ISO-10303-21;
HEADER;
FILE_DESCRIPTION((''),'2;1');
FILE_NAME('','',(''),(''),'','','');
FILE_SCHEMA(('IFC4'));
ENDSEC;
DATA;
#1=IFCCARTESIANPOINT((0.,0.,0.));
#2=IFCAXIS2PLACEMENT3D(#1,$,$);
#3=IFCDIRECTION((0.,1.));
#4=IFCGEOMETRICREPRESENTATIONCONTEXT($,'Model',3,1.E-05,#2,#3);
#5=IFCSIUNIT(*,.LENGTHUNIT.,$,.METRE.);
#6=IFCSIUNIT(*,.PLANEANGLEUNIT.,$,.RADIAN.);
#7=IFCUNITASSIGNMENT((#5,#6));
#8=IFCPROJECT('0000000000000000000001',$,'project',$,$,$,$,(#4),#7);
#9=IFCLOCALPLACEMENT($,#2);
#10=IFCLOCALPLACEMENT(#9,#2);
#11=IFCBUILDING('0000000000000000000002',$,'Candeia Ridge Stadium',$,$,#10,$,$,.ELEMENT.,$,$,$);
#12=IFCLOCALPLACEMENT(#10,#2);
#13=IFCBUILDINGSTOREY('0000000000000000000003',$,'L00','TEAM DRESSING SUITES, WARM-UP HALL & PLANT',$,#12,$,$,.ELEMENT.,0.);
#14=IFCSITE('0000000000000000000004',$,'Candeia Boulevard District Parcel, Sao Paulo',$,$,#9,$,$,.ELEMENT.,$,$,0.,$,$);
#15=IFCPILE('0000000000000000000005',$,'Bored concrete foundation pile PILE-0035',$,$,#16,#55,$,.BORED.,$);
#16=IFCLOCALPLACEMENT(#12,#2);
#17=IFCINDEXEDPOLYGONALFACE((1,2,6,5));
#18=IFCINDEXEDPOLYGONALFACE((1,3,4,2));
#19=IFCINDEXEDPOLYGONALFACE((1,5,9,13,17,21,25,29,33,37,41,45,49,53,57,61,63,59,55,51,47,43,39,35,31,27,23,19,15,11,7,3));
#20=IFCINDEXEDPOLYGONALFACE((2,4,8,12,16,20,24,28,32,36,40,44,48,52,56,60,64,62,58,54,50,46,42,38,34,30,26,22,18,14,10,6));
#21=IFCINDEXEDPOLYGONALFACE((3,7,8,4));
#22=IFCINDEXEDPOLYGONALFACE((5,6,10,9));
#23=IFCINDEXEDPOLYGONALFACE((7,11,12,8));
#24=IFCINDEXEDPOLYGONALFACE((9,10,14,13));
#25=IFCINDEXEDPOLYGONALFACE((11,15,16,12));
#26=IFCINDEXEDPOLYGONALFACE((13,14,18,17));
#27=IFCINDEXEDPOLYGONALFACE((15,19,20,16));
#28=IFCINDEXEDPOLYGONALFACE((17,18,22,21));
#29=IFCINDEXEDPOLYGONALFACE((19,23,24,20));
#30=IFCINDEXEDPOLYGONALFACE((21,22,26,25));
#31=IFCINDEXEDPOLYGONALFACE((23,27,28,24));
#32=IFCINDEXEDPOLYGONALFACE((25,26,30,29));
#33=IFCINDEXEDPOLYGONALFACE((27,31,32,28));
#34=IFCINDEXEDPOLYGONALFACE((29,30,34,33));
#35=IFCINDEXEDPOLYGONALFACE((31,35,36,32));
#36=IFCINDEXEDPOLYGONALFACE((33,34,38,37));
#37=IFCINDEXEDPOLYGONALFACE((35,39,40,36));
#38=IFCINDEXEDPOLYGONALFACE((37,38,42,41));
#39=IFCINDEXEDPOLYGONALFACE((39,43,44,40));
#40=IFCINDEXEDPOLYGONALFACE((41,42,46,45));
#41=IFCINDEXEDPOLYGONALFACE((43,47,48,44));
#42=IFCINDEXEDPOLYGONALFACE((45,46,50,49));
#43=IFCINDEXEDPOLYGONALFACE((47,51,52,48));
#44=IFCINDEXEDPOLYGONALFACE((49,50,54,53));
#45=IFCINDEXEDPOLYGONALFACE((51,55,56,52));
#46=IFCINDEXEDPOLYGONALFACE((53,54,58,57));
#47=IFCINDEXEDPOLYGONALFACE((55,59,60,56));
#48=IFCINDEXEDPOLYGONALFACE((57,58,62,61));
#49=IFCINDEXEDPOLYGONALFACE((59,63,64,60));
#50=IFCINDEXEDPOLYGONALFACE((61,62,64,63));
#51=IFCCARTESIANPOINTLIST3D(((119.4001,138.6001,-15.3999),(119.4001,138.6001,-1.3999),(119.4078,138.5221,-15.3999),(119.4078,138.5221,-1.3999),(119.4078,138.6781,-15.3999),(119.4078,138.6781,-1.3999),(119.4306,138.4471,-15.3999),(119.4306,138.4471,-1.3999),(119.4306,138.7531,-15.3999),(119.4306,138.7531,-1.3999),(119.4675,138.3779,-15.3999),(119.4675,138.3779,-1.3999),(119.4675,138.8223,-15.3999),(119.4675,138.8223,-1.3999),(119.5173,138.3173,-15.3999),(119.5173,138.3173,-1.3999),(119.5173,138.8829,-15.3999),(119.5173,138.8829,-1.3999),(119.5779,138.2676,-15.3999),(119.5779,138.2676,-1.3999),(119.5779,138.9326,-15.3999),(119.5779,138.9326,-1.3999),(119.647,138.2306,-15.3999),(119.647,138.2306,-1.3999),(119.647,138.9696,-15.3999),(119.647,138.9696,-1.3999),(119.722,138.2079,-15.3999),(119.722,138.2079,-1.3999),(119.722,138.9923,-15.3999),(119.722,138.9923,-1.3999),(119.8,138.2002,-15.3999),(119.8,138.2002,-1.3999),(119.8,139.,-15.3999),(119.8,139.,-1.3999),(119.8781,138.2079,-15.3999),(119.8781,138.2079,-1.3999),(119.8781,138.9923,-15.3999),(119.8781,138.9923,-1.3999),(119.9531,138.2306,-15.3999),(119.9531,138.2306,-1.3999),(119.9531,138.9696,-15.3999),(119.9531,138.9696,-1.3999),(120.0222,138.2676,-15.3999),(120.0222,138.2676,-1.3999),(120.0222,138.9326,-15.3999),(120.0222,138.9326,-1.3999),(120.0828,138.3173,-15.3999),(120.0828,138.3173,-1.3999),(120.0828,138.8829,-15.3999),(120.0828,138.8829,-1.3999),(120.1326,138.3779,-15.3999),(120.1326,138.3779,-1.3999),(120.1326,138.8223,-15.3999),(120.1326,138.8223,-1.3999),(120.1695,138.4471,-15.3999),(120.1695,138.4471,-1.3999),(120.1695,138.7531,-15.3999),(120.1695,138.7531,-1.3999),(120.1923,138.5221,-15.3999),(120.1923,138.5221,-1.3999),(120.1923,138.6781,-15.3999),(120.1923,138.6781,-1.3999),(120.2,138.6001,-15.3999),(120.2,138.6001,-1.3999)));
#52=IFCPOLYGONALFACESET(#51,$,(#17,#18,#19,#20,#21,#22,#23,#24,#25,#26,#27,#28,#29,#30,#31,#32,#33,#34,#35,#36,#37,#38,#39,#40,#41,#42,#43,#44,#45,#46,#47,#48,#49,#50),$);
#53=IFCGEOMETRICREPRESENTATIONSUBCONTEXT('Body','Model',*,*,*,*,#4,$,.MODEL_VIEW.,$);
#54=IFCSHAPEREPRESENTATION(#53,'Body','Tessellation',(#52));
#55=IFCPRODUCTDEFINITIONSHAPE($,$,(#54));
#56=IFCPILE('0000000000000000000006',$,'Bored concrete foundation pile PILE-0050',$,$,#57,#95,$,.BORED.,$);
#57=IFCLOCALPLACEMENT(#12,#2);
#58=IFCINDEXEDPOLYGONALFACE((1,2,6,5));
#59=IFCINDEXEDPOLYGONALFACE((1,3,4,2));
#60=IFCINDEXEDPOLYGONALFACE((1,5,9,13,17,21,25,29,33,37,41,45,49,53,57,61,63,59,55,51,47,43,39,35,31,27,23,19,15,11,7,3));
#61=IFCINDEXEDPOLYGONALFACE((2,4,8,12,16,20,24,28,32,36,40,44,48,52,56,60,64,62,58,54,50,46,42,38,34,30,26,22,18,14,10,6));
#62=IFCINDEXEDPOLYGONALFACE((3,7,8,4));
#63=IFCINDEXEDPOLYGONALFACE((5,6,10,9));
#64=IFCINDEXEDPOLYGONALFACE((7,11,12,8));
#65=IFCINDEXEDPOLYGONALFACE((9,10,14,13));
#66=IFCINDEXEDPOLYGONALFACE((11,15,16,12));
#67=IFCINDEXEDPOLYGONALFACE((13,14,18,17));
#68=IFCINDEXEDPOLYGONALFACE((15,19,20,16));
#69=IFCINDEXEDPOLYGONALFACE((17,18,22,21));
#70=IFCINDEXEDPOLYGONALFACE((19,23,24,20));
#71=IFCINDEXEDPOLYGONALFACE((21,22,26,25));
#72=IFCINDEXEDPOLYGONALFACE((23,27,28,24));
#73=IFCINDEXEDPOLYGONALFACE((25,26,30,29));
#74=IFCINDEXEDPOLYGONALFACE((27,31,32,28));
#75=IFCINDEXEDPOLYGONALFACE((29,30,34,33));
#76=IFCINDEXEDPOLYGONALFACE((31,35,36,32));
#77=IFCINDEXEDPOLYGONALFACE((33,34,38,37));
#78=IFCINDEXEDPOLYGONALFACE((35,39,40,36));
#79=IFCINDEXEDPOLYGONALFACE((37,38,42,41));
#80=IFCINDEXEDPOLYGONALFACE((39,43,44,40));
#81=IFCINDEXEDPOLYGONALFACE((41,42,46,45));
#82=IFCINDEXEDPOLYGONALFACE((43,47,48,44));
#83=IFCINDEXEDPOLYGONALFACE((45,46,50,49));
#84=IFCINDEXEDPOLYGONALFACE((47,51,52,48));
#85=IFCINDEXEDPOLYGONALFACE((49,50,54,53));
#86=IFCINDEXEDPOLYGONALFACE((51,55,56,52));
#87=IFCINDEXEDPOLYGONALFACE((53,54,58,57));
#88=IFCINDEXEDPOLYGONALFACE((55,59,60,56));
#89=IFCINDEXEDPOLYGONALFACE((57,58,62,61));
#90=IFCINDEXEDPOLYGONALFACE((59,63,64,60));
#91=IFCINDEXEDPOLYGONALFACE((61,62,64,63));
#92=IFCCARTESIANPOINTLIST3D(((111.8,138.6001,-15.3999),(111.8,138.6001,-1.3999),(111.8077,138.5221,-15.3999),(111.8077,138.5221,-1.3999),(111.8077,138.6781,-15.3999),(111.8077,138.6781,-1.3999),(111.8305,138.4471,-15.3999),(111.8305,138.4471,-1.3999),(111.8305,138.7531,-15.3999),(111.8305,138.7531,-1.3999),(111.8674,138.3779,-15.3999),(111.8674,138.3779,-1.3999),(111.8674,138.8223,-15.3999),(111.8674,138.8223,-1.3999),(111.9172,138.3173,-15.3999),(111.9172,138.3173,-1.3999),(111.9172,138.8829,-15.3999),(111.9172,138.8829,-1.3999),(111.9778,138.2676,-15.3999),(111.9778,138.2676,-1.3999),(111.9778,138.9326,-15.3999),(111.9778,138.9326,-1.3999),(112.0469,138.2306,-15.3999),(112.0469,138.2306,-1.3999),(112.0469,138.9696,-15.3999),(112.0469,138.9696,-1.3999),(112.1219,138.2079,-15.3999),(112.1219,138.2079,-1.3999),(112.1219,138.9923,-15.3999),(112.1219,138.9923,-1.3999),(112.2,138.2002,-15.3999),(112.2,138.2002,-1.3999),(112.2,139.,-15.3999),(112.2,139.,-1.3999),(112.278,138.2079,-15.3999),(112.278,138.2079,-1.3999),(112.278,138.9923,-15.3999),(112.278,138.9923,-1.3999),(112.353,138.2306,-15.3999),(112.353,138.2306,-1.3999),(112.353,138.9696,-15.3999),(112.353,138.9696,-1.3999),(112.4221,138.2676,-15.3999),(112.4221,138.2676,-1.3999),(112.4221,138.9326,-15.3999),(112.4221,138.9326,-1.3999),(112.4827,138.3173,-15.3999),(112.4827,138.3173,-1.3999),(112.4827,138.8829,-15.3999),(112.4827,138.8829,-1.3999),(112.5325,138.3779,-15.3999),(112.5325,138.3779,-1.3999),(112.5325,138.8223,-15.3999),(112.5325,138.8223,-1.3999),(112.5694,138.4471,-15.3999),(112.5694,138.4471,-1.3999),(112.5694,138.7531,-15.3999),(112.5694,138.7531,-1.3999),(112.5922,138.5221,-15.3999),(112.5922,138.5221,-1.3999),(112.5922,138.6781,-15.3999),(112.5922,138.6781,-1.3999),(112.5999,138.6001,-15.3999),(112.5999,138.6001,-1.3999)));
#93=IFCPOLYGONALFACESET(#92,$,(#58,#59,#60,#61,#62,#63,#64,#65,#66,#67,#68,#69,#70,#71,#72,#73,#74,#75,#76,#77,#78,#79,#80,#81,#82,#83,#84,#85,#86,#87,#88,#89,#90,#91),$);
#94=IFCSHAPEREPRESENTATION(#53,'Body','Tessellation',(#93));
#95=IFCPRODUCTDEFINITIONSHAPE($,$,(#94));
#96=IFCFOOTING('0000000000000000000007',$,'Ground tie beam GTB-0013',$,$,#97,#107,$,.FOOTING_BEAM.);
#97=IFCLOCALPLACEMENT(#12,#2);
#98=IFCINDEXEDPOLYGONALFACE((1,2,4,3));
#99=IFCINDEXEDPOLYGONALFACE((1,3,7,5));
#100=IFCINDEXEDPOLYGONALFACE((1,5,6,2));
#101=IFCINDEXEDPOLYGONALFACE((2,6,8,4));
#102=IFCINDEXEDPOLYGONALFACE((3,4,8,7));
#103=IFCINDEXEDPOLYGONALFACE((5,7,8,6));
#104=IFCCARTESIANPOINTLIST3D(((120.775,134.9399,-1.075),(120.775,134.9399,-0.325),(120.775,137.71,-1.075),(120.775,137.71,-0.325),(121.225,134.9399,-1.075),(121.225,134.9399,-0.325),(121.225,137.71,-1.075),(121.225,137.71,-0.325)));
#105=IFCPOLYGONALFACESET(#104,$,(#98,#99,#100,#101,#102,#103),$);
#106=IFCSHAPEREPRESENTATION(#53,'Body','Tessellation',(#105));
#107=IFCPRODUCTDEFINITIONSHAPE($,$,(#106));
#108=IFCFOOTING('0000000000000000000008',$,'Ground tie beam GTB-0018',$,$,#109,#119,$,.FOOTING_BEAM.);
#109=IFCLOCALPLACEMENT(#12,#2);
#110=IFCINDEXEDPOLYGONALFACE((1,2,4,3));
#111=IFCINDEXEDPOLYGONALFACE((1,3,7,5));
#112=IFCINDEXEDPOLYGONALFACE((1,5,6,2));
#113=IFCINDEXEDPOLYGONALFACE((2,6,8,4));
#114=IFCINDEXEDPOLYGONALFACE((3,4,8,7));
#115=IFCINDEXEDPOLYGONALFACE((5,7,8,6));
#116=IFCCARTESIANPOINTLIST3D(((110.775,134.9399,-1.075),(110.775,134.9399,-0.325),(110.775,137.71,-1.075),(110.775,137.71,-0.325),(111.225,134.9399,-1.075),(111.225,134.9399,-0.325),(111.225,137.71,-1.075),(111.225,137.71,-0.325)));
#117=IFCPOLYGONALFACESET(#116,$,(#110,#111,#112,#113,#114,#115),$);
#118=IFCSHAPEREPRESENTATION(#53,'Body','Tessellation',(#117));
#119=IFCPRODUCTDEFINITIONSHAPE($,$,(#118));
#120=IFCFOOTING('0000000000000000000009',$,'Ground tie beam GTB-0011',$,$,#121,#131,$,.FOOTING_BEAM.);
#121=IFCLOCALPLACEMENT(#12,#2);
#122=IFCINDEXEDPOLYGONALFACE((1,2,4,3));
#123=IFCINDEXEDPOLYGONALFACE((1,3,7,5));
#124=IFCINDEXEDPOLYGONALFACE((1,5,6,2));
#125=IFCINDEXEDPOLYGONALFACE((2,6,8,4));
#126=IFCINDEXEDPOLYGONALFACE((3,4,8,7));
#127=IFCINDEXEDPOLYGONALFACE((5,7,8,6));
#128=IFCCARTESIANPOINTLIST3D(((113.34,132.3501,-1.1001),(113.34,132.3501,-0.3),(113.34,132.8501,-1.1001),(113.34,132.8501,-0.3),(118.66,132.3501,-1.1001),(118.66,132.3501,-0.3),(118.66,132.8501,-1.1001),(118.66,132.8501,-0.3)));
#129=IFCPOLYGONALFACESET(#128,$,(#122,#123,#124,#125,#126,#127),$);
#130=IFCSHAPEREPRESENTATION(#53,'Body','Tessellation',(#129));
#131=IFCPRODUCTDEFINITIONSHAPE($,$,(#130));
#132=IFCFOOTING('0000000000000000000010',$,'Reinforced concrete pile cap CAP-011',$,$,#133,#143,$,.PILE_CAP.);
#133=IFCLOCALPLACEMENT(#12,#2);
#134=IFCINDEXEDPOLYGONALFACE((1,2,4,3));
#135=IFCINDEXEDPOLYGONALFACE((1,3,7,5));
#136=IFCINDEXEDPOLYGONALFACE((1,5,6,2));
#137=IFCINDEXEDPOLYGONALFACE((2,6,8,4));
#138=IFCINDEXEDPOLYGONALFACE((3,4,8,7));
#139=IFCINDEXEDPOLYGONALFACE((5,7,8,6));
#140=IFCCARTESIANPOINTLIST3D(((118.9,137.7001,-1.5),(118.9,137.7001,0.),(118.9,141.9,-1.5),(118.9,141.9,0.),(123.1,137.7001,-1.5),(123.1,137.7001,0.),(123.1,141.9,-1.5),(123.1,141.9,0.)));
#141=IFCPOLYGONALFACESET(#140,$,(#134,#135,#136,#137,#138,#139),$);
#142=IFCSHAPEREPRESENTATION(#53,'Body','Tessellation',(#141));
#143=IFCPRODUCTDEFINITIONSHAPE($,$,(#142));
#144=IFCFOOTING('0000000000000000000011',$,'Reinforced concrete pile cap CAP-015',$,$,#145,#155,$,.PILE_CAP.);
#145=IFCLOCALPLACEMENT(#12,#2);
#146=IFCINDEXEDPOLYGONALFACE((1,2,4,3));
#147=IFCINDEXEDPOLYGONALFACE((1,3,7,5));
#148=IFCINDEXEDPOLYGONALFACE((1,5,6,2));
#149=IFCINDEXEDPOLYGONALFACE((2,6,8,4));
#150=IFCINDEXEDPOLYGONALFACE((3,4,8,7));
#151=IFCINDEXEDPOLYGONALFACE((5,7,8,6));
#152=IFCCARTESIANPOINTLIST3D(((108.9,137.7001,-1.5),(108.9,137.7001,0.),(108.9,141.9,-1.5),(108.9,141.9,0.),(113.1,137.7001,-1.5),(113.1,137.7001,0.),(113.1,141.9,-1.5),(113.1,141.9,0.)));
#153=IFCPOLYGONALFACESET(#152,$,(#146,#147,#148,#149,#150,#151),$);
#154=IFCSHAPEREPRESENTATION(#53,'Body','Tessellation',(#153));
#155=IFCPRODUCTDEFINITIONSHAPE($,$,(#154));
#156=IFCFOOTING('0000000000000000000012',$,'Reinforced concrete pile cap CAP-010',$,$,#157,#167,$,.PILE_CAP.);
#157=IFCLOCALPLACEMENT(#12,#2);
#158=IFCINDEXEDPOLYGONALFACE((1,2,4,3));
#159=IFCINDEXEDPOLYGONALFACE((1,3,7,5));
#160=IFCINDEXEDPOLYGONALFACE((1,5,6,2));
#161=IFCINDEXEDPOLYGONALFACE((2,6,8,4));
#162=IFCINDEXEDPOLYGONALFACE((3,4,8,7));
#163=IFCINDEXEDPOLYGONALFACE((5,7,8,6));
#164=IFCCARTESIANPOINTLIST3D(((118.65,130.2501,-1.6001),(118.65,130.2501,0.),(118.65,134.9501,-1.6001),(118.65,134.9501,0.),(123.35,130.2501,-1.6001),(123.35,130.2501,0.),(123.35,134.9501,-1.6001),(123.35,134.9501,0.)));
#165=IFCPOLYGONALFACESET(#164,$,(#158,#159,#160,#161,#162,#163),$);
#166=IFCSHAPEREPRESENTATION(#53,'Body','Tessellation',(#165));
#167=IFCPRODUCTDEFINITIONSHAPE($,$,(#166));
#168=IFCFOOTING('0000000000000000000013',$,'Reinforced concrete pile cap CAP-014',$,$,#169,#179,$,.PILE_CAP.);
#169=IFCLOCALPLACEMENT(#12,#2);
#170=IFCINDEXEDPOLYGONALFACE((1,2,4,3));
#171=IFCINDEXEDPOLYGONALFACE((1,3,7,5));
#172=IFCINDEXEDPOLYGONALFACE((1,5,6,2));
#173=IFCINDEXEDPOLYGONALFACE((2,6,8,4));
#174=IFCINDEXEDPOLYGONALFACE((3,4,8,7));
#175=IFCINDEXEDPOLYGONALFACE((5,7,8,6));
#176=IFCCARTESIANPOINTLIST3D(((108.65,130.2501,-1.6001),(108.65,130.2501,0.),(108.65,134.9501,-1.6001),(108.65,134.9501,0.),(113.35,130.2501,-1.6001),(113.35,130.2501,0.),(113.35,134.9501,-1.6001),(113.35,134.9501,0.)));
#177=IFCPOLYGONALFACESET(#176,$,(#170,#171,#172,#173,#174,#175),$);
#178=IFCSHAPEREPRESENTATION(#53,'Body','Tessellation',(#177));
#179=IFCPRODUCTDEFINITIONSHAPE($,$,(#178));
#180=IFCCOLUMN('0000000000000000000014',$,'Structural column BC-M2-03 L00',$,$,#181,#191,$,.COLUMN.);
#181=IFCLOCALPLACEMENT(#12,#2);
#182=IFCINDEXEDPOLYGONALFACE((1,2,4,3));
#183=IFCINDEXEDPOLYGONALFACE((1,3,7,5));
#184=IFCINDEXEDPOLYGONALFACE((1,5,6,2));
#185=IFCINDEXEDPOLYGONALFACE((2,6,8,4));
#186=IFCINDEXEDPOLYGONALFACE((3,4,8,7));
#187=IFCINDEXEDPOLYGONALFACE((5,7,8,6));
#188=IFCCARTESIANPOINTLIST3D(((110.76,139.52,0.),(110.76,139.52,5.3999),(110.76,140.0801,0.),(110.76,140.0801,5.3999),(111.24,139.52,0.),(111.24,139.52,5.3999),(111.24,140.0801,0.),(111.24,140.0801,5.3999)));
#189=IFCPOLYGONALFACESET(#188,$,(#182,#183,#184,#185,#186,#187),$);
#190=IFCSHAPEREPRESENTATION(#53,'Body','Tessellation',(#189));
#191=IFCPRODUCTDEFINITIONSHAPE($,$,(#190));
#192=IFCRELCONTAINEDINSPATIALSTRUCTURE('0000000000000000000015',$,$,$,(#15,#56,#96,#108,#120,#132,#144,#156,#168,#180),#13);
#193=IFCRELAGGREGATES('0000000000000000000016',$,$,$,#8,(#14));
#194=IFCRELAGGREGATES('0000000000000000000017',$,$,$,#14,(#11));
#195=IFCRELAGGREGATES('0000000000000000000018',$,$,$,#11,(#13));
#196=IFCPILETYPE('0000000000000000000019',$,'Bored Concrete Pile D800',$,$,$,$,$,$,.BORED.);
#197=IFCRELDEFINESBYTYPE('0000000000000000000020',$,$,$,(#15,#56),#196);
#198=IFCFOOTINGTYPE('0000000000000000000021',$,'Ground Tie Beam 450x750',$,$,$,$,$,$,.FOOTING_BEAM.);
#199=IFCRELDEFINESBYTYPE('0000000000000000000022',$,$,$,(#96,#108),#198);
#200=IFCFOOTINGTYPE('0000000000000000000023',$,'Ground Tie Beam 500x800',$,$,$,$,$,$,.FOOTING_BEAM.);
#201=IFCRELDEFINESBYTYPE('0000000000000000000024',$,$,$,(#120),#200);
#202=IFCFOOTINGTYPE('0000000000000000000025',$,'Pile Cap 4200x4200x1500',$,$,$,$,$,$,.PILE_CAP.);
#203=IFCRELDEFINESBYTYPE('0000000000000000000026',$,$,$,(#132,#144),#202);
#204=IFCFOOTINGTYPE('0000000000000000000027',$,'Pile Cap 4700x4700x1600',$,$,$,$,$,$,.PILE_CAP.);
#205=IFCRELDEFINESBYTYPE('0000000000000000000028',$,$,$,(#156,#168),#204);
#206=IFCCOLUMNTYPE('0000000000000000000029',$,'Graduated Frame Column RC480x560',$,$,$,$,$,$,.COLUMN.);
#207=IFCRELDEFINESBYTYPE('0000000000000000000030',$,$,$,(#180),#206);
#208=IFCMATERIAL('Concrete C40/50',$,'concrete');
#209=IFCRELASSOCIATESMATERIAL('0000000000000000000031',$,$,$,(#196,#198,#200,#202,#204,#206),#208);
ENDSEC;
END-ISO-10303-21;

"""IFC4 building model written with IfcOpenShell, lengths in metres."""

from ifc_helpers import new_model, si_unit, direction, frame, origin, origin_2d, place, context, subcontext, project, spatial, rectangle, circle, extrude, material, material_profile, profile_set, type_object, element, save


model = new_model("IFC4")

# Units and contexts
model_context = context("Model", 3, precision=1e-05, world=origin(), true_north=direction((0.0, 1.0)))
body_context = subcontext(model_context, "Body", "Model", "MODEL_VIEW")
ifc_project = project(units=[si_unit("LENGTHUNIT", "METRE"), si_unit("PLANEANGLEUNIT", "RADIAN")], contexts=[model_context])

# Site, building, storey
site_placement = place(None, origin())
site = spatial("IfcSite", under=ifc_project, at=site_placement, Name="Candeia Boulevard District Parcel, Sao Paulo", CompositionType="ELEMENT", RefElevation=0.0)
building_placement = place(site_placement, origin())
building = spatial("IfcBuilding", under=site, at=building_placement, Name="Candeia Ridge Stadium", CompositionType="ELEMENT")
storey_placement = place(building_placement, origin())
storey = spatial("IfcBuildingStorey", under=building, at=storey_placement, Name="L00", Description="TEAM DRESSING SUITES, WARM-UP HALL & PLANT", CompositionType="ELEMENT", Elevation=0.0)

# Piles
ifc_material_1 = material(Name="Concrete C40/50", Category="concrete")
ifc_material_profile_1 = material_profile(ifc_material_1, circle(Radius=0.3999, at=origin_2d()), Name="PILE-D800", Category="concrete")
ifc_profile_set_1 = profile_set([ifc_material_profile_1], Name="Concrete C40/50")
pile_type_1 = type_object("IfcPileType", Name="Bored Concrete Pile D800", PredefinedType="BORED", material=ifc_profile_set_1)
for number, where, z_axis, x_axis, name in (
    (1, (119.8, 138.6001, -1.3999), (0.0, 0.0, -1.0), (1.0, 0.0, 0.0), "Bored concrete foundation pile PILE-0035"),
    (2, (112.2, 138.6001, -1.3999), (0.0, 0.0, -1.0), (1.0, 0.0, 0.0), "Bored concrete foundation pile PILE-0050"),
):
    element("IfcPile", number, at=place(storey_placement, frame(where, z_axis=z_axis, x_axis=x_axis)), inside=storey, type_object=pile_type_1, Name=name, PredefinedType="BORED", context=body_context, shape_type="SweptSolid", body=[
        extrude(circle(Radius=0.3999, at=origin_2d()), origin(), (0.0, 0.0, 1.0), 14.0),
    ])

# Footings
footing_type_1 = type_object("IfcFootingType", Name="Ground Tie Beam 450x750", PredefinedType="FOOTING_BEAM", material=ifc_material_1)
for number, where, z_axis, x_axis, name in (
    (3, (121.0, 136.325, -1.075), (0.0, 0.0, 1.0), (0.0, 1.0, 0.0), "Ground tie beam GTB-0013"),
    (4, (111.0, 136.325, -1.075), (0.0, 0.0, 1.0), (0.0, 1.0, 0.0), "Ground tie beam GTB-0018"),
):
    element("IfcFooting", number, at=place(storey_placement, frame(where, z_axis=z_axis, x_axis=x_axis)), inside=storey, type_object=footing_type_1, Name=name, PredefinedType="FOOTING_BEAM", context=body_context, shape_type="SweptSolid", body=[
        extrude(rectangle(XDim=2.77, YDim=0.45, at=origin_2d()), origin(), (0.0, 0.0, 1.0), 0.75),
    ])
footing_type_2 = type_object("IfcFootingType", Name="Ground Tie Beam 500x800", PredefinedType="FOOTING_BEAM", material=ifc_material_1)
footing_placement = place(storey_placement, frame((116.0, 132.6001, -1.1001), z_axis=(0.0, 0.0, 1.0), x_axis=(-1.0, 0.0, 0.0)))
element("IfcFooting", 5, at=footing_placement, inside=storey, type_object=footing_type_2, Name="Ground tie beam GTB-0011", PredefinedType="FOOTING_BEAM", context=body_context, shape_type="SweptSolid", body=[
    extrude(rectangle(XDim=5.3201, YDim=0.5, at=origin_2d()), origin(), (0.0, 0.0, 1.0), 0.8),
])
footing_type_3 = type_object("IfcFootingType", Name="Pile Cap 4200x4200x1500", PredefinedType="PILE_CAP", material=ifc_material_1)
for number, where, z_axis, x_axis, name in (
    (6, (121.0, 139.8, -1.5), (0.0, 0.0, 1.0), (1.0, 0.0, 0.0), "Reinforced concrete pile cap CAP-011"),
    (7, (111.0, 139.8, -1.5), (0.0, 0.0, 1.0), (1.0, 0.0, 0.0), "Reinforced concrete pile cap CAP-015"),
):
    element("IfcFooting", number, at=place(storey_placement, frame(where, z_axis=z_axis, x_axis=x_axis)), inside=storey, type_object=footing_type_3, Name=name, PredefinedType="PILE_CAP", context=body_context, shape_type="SweptSolid", body=[
        extrude(rectangle(XDim=4.2, YDim=4.2, at=origin_2d()), origin(), (0.0, 0.0, 1.0), 1.5),
    ])
footing_type_4 = type_object("IfcFootingType", Name="Pile Cap 4700x4700x1600", PredefinedType="PILE_CAP", material=ifc_material_1)
for number, where, z_axis, x_axis, name in (
    (8, (121.0, 132.6001, -1.6001), (0.0, 0.0, 1.0), (1.0, 0.0, 0.0), "Reinforced concrete pile cap CAP-010"),
    (9, (111.0, 132.6001, -1.6001), (0.0, 0.0, 1.0), (1.0, 0.0, 0.0), "Reinforced concrete pile cap CAP-014"),
):
    element("IfcFooting", number, at=place(storey_placement, frame(where, z_axis=z_axis, x_axis=x_axis)), inside=storey, type_object=footing_type_4, Name=name, PredefinedType="PILE_CAP", context=body_context, shape_type="SweptSolid", body=[
        extrude(rectangle(XDim=4.7, YDim=4.7, at=origin_2d()), origin(), (0.0, 0.0, 1.0), 1.6001),
    ])

# Column
ifc_material_profile_2 = material_profile(ifc_material_1, rectangle(XDim=0.48, YDim=0.5601, at=origin_2d()), Name="RC480x560", Category="concrete")
ifc_profile_set_2 = profile_set([ifc_material_profile_2], Name="Concrete C40/50")
column_type_1 = type_object("IfcColumnType", Name="Graduated Frame Column RC480x560", PredefinedType="COLUMN", material=ifc_profile_set_2)
column_1_placement = place(storey_placement, frame((111.0, 139.8, 0.0), z_axis=(0.0, 0.0, 1.0), x_axis=(1.0, 0.0, 0.0)))
element("IfcColumn", 10, at=column_1_placement, inside=storey, type_object=column_type_1, Name="Structural column BC-M2-03 L00", PredefinedType="COLUMN", context=body_context, shape_type="SweptSolid", body=[
    extrude(rectangle(XDim=0.48, YDim=0.5601, at=origin_2d()), origin(), (0.0, 0.0, 1.0), 5.3999),
])

save(model, "model.ifc")
